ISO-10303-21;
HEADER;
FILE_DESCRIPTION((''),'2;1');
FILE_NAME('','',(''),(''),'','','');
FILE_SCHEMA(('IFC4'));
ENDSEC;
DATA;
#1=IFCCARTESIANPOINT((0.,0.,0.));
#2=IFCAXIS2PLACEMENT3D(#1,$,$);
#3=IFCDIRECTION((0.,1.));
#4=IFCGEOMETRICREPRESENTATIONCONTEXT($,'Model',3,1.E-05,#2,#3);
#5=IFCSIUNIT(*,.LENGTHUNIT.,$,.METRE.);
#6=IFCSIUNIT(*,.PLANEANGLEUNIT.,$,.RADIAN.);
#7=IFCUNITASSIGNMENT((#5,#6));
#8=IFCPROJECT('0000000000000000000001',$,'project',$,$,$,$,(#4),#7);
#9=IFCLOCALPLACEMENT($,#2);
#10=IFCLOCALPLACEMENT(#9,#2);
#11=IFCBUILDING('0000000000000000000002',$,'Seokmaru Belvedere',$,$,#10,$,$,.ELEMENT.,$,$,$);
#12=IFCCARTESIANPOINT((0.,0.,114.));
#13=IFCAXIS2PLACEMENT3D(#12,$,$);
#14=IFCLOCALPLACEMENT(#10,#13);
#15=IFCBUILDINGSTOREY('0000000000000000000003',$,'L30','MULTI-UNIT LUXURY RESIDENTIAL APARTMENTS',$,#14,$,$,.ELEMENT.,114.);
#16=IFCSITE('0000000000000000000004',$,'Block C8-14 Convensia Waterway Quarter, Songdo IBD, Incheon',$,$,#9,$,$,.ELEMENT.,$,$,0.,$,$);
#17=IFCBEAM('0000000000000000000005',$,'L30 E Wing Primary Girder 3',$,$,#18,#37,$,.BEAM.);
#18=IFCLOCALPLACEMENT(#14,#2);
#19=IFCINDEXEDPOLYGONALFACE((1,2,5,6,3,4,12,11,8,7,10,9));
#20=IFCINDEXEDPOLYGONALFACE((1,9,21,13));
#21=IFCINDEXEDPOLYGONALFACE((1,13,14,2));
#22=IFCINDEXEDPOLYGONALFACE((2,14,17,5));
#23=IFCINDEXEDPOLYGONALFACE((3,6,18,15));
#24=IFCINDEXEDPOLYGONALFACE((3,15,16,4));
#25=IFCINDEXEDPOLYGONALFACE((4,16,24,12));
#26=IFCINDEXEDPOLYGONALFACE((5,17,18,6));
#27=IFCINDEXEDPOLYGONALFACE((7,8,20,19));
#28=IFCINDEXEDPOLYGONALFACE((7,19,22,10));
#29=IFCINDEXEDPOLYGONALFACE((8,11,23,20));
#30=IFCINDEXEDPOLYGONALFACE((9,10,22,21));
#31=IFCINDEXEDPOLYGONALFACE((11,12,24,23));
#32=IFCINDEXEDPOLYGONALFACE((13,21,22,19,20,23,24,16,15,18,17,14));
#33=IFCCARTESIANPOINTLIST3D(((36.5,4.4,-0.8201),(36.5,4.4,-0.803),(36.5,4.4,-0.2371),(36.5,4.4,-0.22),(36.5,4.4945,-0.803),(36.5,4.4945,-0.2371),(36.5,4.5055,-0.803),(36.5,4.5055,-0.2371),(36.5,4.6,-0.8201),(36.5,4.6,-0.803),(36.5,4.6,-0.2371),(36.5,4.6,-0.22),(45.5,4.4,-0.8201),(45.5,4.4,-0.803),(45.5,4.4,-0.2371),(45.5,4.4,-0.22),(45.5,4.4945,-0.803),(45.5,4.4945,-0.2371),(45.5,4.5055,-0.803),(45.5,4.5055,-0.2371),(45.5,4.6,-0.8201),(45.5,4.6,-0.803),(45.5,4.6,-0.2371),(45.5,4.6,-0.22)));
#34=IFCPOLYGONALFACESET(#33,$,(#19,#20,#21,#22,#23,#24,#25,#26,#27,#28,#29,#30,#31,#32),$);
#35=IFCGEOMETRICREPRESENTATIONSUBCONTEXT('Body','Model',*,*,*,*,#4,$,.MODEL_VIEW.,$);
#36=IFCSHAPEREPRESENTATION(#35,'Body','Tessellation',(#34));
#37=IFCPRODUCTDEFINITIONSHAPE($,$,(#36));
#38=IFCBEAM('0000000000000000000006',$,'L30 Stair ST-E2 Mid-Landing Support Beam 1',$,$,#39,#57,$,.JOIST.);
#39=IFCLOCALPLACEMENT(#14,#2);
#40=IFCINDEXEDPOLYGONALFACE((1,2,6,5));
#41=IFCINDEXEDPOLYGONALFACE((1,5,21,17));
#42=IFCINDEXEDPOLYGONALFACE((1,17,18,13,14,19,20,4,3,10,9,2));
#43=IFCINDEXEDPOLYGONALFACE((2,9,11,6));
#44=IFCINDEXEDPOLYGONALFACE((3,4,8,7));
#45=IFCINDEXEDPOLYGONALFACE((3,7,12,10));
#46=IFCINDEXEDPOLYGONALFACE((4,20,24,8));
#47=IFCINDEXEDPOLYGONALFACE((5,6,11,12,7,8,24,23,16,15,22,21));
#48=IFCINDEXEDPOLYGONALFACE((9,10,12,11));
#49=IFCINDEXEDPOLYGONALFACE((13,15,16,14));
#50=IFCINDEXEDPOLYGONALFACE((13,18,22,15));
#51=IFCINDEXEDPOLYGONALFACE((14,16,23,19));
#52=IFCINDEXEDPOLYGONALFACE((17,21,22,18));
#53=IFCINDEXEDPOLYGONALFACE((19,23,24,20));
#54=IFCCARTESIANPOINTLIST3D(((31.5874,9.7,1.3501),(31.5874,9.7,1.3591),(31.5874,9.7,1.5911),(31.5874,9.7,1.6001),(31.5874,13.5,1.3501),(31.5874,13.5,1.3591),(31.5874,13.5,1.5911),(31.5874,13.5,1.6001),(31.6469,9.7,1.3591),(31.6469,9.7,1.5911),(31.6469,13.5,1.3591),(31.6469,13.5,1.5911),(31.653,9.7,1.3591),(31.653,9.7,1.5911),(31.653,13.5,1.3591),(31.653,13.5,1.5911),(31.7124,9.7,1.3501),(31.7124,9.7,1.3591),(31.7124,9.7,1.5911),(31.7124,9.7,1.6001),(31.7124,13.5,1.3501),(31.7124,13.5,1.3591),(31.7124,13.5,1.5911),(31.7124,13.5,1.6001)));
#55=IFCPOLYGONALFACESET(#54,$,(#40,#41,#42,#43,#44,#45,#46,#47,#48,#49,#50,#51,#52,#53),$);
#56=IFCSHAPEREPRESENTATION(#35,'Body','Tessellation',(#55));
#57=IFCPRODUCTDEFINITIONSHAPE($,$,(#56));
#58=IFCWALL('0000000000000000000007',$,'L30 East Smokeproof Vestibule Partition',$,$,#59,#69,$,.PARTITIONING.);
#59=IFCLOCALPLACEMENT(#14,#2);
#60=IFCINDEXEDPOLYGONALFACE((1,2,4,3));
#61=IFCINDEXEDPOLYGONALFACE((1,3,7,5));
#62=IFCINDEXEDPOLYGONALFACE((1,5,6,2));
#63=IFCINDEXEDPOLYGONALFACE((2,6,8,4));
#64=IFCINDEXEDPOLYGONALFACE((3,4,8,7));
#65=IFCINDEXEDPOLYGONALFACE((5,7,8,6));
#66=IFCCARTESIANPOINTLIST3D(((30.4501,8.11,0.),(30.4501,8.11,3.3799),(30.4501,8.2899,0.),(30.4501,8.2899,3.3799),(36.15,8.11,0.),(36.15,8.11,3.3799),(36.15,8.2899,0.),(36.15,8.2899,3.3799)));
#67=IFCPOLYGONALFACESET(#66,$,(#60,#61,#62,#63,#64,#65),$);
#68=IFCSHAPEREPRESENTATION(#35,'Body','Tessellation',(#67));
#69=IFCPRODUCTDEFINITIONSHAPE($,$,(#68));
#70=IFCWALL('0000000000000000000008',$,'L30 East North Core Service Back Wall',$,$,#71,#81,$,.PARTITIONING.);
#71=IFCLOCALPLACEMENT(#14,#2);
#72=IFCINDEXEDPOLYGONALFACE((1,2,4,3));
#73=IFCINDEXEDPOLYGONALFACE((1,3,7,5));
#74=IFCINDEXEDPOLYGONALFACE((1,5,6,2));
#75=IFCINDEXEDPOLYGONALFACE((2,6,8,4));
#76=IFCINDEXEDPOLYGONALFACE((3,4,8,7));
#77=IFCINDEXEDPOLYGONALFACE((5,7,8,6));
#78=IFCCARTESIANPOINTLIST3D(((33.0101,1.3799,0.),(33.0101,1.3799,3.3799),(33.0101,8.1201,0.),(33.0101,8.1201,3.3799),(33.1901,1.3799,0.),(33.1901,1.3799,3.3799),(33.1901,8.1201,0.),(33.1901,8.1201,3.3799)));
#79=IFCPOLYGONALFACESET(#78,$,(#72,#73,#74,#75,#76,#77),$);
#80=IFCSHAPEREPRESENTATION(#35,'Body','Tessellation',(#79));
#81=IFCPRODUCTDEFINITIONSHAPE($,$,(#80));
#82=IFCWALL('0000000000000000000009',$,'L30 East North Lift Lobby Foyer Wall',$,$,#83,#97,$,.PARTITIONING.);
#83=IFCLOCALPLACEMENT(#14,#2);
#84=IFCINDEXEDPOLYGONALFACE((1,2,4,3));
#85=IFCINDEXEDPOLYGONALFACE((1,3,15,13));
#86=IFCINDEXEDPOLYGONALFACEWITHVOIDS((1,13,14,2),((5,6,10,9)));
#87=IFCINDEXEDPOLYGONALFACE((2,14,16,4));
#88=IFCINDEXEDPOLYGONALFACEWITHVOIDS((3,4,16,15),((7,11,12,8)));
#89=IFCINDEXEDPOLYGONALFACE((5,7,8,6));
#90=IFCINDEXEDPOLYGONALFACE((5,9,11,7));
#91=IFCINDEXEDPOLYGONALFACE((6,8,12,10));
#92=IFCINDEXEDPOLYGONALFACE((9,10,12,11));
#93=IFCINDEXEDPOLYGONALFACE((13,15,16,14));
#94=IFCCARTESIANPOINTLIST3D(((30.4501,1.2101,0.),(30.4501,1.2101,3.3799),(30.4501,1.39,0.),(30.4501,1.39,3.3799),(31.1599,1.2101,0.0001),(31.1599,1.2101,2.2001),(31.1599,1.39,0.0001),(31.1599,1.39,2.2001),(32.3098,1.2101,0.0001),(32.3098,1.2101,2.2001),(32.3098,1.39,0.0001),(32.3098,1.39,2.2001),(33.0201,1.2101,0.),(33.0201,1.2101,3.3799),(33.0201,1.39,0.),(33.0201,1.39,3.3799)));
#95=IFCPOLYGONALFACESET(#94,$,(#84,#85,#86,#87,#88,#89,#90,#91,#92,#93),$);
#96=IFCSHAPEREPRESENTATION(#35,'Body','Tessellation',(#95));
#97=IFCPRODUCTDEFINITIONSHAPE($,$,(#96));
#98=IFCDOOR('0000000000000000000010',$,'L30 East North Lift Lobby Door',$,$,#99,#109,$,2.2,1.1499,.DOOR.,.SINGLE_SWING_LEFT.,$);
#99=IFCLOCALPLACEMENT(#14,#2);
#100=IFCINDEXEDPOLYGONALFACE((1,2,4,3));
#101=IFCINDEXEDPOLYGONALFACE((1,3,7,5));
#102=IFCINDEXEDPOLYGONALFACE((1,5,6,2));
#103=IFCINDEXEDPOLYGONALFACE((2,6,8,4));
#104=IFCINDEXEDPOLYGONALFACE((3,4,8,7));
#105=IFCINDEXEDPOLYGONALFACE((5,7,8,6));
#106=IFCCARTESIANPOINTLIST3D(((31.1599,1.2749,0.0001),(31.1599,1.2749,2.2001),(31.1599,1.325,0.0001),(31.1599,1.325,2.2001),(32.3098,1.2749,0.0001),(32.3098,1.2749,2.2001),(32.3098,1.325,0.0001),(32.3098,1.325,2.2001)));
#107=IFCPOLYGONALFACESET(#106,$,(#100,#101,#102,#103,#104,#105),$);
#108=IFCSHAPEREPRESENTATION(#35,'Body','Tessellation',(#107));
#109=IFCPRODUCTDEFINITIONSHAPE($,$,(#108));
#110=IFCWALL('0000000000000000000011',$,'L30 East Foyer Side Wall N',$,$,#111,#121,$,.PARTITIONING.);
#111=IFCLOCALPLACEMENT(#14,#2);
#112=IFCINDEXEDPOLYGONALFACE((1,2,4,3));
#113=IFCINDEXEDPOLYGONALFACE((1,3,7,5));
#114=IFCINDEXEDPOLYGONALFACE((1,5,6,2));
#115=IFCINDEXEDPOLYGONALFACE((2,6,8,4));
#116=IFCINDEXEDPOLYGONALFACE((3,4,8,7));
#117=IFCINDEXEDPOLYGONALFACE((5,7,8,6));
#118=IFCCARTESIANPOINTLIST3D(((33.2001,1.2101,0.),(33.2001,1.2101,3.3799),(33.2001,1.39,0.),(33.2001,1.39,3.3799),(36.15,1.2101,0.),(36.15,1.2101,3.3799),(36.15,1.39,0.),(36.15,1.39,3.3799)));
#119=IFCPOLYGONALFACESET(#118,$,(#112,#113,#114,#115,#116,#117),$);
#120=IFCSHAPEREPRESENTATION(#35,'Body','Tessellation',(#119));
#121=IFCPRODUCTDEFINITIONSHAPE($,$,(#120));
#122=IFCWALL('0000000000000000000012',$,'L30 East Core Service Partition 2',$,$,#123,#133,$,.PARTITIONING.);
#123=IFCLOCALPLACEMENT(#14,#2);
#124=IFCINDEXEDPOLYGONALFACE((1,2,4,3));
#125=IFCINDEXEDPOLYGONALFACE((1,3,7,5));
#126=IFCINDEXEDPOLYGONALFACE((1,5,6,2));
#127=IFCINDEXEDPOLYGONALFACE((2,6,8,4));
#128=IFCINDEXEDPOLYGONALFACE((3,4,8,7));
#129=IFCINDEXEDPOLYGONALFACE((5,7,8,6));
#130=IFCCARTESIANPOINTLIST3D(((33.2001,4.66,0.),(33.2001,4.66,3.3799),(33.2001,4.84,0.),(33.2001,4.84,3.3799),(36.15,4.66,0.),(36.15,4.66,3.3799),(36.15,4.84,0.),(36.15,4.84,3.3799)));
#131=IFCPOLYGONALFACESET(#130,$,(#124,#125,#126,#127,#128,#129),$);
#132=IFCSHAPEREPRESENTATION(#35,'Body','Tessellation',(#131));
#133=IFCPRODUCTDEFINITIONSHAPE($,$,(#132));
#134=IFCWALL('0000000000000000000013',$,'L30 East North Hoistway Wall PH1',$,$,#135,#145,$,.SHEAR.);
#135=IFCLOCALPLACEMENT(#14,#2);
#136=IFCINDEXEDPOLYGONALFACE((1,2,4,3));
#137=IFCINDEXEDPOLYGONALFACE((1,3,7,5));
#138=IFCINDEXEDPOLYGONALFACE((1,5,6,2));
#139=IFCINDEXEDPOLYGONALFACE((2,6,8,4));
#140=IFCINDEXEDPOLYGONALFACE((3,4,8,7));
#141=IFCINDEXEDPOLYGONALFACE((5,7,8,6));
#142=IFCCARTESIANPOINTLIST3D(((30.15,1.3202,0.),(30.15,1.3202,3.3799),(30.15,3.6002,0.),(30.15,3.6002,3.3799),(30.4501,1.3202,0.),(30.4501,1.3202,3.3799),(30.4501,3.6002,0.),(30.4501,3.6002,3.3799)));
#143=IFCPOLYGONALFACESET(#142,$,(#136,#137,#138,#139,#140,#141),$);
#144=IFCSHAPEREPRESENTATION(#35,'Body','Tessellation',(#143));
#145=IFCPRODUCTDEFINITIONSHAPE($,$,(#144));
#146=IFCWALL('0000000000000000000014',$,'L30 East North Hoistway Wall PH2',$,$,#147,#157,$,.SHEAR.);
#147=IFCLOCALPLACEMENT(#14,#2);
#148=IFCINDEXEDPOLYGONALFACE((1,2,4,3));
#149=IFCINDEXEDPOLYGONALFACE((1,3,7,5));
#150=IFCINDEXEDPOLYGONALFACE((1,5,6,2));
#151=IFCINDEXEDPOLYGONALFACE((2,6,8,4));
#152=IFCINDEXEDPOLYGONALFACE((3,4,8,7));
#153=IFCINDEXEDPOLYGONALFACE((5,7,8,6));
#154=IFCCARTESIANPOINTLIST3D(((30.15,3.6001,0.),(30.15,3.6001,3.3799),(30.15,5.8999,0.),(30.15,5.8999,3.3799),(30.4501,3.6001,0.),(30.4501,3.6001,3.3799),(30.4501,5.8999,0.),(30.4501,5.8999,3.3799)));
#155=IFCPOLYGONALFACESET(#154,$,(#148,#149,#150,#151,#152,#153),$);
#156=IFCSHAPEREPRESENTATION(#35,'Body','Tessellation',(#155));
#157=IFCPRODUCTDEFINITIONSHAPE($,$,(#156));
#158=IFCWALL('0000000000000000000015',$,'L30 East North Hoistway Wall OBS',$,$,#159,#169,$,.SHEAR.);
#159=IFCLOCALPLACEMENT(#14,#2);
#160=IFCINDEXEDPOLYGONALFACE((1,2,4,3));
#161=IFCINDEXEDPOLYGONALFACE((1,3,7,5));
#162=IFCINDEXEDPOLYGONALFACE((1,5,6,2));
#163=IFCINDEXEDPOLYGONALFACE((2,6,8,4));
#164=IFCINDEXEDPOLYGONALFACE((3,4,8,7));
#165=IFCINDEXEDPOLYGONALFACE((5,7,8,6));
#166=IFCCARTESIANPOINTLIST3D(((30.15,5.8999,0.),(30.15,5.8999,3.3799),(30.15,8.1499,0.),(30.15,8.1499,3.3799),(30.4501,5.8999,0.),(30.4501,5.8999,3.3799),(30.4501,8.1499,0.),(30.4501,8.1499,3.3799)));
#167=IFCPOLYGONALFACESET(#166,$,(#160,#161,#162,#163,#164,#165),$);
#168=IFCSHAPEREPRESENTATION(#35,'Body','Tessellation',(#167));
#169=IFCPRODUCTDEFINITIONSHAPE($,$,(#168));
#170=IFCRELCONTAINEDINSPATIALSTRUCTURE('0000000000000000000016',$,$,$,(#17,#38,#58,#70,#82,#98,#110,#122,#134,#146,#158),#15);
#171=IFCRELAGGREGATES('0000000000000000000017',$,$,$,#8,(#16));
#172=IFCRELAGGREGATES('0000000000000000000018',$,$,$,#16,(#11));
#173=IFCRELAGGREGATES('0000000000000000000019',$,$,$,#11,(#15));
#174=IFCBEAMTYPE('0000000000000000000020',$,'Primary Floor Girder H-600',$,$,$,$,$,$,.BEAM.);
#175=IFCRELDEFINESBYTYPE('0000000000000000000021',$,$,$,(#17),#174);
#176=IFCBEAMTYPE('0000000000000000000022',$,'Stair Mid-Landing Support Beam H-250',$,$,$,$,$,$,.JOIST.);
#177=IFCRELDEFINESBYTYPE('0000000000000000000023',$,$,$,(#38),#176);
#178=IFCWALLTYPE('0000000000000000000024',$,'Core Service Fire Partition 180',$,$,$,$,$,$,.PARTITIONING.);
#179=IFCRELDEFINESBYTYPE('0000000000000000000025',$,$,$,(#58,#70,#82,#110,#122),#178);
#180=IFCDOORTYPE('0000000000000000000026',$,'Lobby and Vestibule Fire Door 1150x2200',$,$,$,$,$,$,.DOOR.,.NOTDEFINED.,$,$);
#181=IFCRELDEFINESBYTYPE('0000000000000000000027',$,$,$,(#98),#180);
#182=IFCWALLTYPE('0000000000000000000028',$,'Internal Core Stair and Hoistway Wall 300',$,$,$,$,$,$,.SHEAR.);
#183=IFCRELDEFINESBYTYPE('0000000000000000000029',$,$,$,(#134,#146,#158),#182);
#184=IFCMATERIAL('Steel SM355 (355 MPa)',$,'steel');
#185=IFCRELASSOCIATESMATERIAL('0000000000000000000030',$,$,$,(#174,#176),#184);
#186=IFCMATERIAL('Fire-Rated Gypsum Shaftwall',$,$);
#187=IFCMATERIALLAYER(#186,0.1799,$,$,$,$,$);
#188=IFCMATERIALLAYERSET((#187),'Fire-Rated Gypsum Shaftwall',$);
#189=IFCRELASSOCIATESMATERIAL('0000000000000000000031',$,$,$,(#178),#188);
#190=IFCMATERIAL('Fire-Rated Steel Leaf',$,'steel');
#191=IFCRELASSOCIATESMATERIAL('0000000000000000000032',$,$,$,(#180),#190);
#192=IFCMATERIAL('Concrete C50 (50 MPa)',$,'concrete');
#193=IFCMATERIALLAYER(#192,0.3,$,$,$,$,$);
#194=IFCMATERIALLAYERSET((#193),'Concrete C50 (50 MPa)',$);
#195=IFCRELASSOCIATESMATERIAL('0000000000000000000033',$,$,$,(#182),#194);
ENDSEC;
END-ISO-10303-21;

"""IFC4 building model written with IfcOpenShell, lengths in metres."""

from ifc_helpers import new_model, si_unit, direction, frame, frame_2d, origin, origin_2d, place, context, subcontext, project, spatial, rectangle, i_section, extrude, source, transform, mapped, material, layer, layer_set, material_profile, profile_set, type_object, type_shapes, element, fill, save


model = new_model("IFC4")

# Units and contexts
model_context = context("Model", 3, precision=1e-05, world=origin(), true_north=direction((0.0, 1.0)))
body_context = subcontext(model_context, "Body", "Model", "MODEL_VIEW")
ifc_project = project(units=[si_unit("LENGTHUNIT", "METRE"), si_unit("PLANEANGLEUNIT", "RADIAN")], contexts=[model_context])

# Site, building, storey
site_placement = place(None, origin())
site = spatial("IfcSite", under=ifc_project, at=site_placement, Name="Block C8-14 Convensia Waterway Quarter, Songdo IBD, Incheon", CompositionType="ELEMENT", RefElevation=0.0)
building_placement = place(site_placement, origin())
building = spatial("IfcBuilding", under=site, at=building_placement, Name="Seokmaru Belvedere", CompositionType="ELEMENT")
storey_placement = place(building_placement, frame((0.0, 0.0, 114.0)))
storey = spatial("IfcBuildingStorey", under=building, at=storey_placement, Name="L30", Description="MULTI-UNIT LUXURY RESIDENTIAL APARTMENTS", CompositionType="ELEMENT", Elevation=114.0)

# Beams
ifc_material_1 = material(Name="Steel SM355 (355 MPa)", Category="steel")
ifc_material_profile_1 = material_profile(ifc_material_1, i_section(OverallWidth=0.2, OverallDepth=0.6001, WebThickness=0.011, FlangeThickness=0.0171, at=origin_2d()), Name="H-600x200x11x17")
ifc_profile_set_1 = profile_set([ifc_material_profile_1], Name="Steel SM355 (355 MPa)")
beam_type_1 = type_object("IfcBeamType", Name="Primary Floor Girder H-600", PredefinedType="BEAM", material=ifc_profile_set_1)
shared_shape_1 = source(origin(), body_context, "Body", "SweptSolid", [
    extrude(i_section(OverallWidth=0.2, OverallDepth=0.6001, WebThickness=0.011, FlangeThickness=0.0171, at=origin_2d()), origin(), (0.0, 0.0, 1.0), 9.0),
])
type_shapes(beam_type_1, [shared_shape_1])
beam_1_placement = place(storey_placement, frame((36.5, 4.5, -0.52), z_axis=(1.0, 0.0, 0.0), x_axis=(0.0, 1.0, 0.0)))
element("IfcBeam", 1, at=beam_1_placement, inside=storey, type_object=beam_type_1, Name="L30 E Wing Primary Girder 3", PredefinedType="BEAM", context=body_context, shape_type="MappedRepresentation", body=[
    mapped(shared_shape_1, transform((0.0, 0.0, 0.0), scale=1.0)),
])
ifc_material_profile_2 = material_profile(ifc_material_1, i_section(OverallWidth=0.125, OverallDepth=0.25, WebThickness=0.0061, FlangeThickness=0.009, at=origin_2d()), Name="H-250x125x6x9")
ifc_profile_set_2 = profile_set([ifc_material_profile_2], Name="Steel SM355 (355 MPa)")
beam_type_2 = type_object("IfcBeamType", Name="Stair Mid-Landing Support Beam H-250", PredefinedType="JOIST", material=ifc_profile_set_2)
shared_shape_2 = source(origin(), body_context, "Body", "SweptSolid", [
    extrude(i_section(OverallWidth=0.125, OverallDepth=0.25, WebThickness=0.0061, FlangeThickness=0.009, at=origin_2d()), origin(), (0.0, 0.0, 1.0), 3.8),
])
type_shapes(beam_type_2, [shared_shape_2])
beam_2_placement = place(storey_placement, frame((31.6499, 9.7, 1.4751), z_axis=(0.0, 1.0, 0.0), x_axis=(-1.0, 0.0, 0.0)))
element("IfcBeam", 2, at=beam_2_placement, inside=storey, type_object=beam_type_2, Name="L30 Stair ST-E2 Mid-Landing Support Beam 1", PredefinedType="JOIST", context=body_context, shape_type="MappedRepresentation", body=[
    mapped(shared_shape_2, transform((0.0, 0.0, 0.0), scale=1.0)),
])

# Walls
ifc_material_2 = material(Name="Fire-Rated Gypsum Shaftwall")
ifc_layer_1 = layer(ifc_material_2, 0.1799)
ifc_layer_set_1 = layer_set([ifc_layer_1], Name="Fire-Rated Gypsum Shaftwall")
wall_type_1 = type_object("IfcWallType", Name="Core Service Fire Partition 180", PredefinedType="PARTITIONING", material=ifc_layer_set_1)
wall_1_placement = place(storey_placement, frame((30.45, 8.2, 0.0), z_axis=(0.0, 0.0, 1.0), x_axis=(1.0, 0.0, 0.0)))
element("IfcWall", 3, at=wall_1_placement, inside=storey, type_object=wall_type_1, Name="L30 East Smokeproof Vestibule Partition", PredefinedType="PARTITIONING", context=body_context, shape_type="SweptSolid", body=[
    extrude(rectangle(XDim=5.7, YDim=0.1799, at=frame_2d((2.8501, 0.0))), origin(), (0.0, 0.0, 1.0), 3.3799),
])
wall_2_placement = place(storey_placement, frame((33.1001, 1.3799, 0.0), z_axis=(0.0, 0.0, 1.0), x_axis=(0.0, 1.0, 0.0)))
element("IfcWall", 4, at=wall_2_placement, inside=storey, type_object=wall_type_1, Name="L30 East North Core Service Back Wall", PredefinedType="PARTITIONING", context=body_context, shape_type="SweptSolid", body=[
    extrude(rectangle(XDim=6.7402, YDim=0.1799, at=frame_2d((3.3701, 0.0))), origin(), (0.0, 0.0, 1.0), 3.3799),
])

# Wall, opening, door
wall_3_placement = place(storey_placement, frame((30.45, 1.3, 0.0), z_axis=(0.0, 0.0, 1.0), x_axis=(1.0, 0.0, 0.0)))
wall_3 = element("IfcWall", 5, at=wall_3_placement, inside=storey, type_object=wall_type_1, Name="L30 East North Lift Lobby Foyer Wall", PredefinedType="PARTITIONING", context=body_context, shape_type="SweptSolid", body=[
    extrude(rectangle(XDim=2.5701, YDim=0.1799, at=frame_2d((1.2852, 0.0))), origin(), (0.0, 0.0, 1.0), 3.3799),
])
opening_1_placement = place(wall_3_placement, frame((0.71, 0.0, 0.0)))
opening_1 = element("IfcOpeningElement", 6, at=opening_1_placement, cuts=wall_3, PredefinedType="OPENING", context=body_context, shape_type="SweptSolid", body=[
    extrude(rectangle(XDim=1.1499, YDim=2.2, at=frame_2d((0.575, 1.1001))), frame((0.0, 0.1001, 0.0), z_axis=(0.0, -1.0, 0.0), x_axis=(1.0, 0.0, 0.0)), (0.0, 0.0, 1.0), 0.2),
])
ifc_material_3 = material(Name="Fire-Rated Steel Leaf", Category="steel")
door_type_1 = type_object("IfcDoorType", Name="Lobby and Vestibule Fire Door 1150x2200", OperationType="NOTDEFINED", PredefinedType="DOOR", material=ifc_material_3)
shared_shape_3 = source(origin(), body_context, "Body", "SweptSolid", [
    extrude(rectangle(XDim=1.1499, YDim=2.2, at=frame_2d((0.575, 1.1001))), frame((0.0, 0.0249, 0.0), z_axis=(0.0, -1.0, 0.0), x_axis=(1.0, 0.0, 0.0)), (0.0, 0.0, 1.0), 0.05),
])
type_shapes(door_type_1, [shared_shape_3])
door_1_placement = place(opening_1_placement, origin())
door_1 = element("IfcDoor", 7, at=door_1_placement, inside=storey, type_object=door_type_1, Name="L30 East North Lift Lobby Door", OperationType="SINGLE_SWING_LEFT", OverallHeight=2.2, OverallWidth=1.1499, PredefinedType="DOOR", context=body_context, shape_type="MappedRepresentation", body=[
    mapped(shared_shape_3, transform((0.0, 0.0, 0.0), scale=1.0)),
])
fill(opening_1, door_1)

# Walls
for number, where, z_axis, x_axis, name in (
    (8, (33.2, 1.3, 0.0), (0.0, 0.0, 1.0), (1.0, 0.0, 0.0), "L30 East Foyer Side Wall N"),
    (9, (33.2, 4.75, 0.0), (0.0, 0.0, 1.0), (1.0, 0.0, 0.0), "L30 East Core Service Partition 2"),
):
    element("IfcWall", number, at=place(storey_placement, frame(where, z_axis=z_axis, x_axis=x_axis)), inside=storey, type_object=wall_type_1, Name=name, PredefinedType="PARTITIONING", context=body_context, shape_type="SweptSolid", body=[
        extrude(rectangle(XDim=2.95, YDim=0.1799, at=frame_2d((1.4751, 0.0))), origin(), (0.0, 0.0, 1.0), 3.3799),
    ])
ifc_material_4 = material(Name="Concrete C50 (50 MPa)", Category="concrete")
ifc_layer_2 = layer(ifc_material_4, 0.3)
ifc_layer_set_2 = layer_set([ifc_layer_2], Name="Concrete C50 (50 MPa)")
wall_type_2 = type_object("IfcWallType", Name="Internal Core Stair and Hoistway Wall 300", PredefinedType="SHEAR", material=ifc_layer_set_2)
wall_4_placement = place(storey_placement, frame((30.3, 1.3201, 0.0), z_axis=(0.0, 0.0, 1.0), x_axis=(0.0, 1.0, 0.0)))
element("IfcWall", 10, at=wall_4_placement, inside=storey, type_object=wall_type_2, Name="L30 East North Hoistway Wall PH1", PredefinedType="SHEAR", context=body_context, shape_type="SweptSolid", body=[
    extrude(rectangle(XDim=2.28, YDim=0.3, at=frame_2d((1.1401, 0.0))), origin(), (0.0, 0.0, 1.0), 3.3799),
])
wall_5_placement = place(storey_placement, frame((30.3, 3.6001, 0.0), z_axis=(0.0, 0.0, 1.0), x_axis=(0.0, 1.0, 0.0)))
element("IfcWall", 11, at=wall_5_placement, inside=storey, type_object=wall_type_2, Name="L30 East North Hoistway Wall PH2", PredefinedType="SHEAR", context=body_context, shape_type="SweptSolid", body=[
    extrude(rectangle(XDim=2.2998, YDim=0.3, at=frame_2d((1.1499, 0.0))), origin(), (0.0, 0.0, 1.0), 3.3799),
])
wall_6_placement = place(storey_placement, frame((30.3, 5.8999, 0.0), z_axis=(0.0, 0.0, 1.0), x_axis=(0.0, 1.0, 0.0)))
element("IfcWall", 12, at=wall_6_placement, inside=storey, type_object=wall_type_2, Name="L30 East North Hoistway Wall OBS", PredefinedType="SHEAR", context=body_context, shape_type="SweptSolid", body=[
    extrude(rectangle(XDim=2.25, YDim=0.3, at=frame_2d((1.125, 0.0))), origin(), (0.0, 0.0, 1.0), 3.3799),
])

save(model, "model.ifc")
